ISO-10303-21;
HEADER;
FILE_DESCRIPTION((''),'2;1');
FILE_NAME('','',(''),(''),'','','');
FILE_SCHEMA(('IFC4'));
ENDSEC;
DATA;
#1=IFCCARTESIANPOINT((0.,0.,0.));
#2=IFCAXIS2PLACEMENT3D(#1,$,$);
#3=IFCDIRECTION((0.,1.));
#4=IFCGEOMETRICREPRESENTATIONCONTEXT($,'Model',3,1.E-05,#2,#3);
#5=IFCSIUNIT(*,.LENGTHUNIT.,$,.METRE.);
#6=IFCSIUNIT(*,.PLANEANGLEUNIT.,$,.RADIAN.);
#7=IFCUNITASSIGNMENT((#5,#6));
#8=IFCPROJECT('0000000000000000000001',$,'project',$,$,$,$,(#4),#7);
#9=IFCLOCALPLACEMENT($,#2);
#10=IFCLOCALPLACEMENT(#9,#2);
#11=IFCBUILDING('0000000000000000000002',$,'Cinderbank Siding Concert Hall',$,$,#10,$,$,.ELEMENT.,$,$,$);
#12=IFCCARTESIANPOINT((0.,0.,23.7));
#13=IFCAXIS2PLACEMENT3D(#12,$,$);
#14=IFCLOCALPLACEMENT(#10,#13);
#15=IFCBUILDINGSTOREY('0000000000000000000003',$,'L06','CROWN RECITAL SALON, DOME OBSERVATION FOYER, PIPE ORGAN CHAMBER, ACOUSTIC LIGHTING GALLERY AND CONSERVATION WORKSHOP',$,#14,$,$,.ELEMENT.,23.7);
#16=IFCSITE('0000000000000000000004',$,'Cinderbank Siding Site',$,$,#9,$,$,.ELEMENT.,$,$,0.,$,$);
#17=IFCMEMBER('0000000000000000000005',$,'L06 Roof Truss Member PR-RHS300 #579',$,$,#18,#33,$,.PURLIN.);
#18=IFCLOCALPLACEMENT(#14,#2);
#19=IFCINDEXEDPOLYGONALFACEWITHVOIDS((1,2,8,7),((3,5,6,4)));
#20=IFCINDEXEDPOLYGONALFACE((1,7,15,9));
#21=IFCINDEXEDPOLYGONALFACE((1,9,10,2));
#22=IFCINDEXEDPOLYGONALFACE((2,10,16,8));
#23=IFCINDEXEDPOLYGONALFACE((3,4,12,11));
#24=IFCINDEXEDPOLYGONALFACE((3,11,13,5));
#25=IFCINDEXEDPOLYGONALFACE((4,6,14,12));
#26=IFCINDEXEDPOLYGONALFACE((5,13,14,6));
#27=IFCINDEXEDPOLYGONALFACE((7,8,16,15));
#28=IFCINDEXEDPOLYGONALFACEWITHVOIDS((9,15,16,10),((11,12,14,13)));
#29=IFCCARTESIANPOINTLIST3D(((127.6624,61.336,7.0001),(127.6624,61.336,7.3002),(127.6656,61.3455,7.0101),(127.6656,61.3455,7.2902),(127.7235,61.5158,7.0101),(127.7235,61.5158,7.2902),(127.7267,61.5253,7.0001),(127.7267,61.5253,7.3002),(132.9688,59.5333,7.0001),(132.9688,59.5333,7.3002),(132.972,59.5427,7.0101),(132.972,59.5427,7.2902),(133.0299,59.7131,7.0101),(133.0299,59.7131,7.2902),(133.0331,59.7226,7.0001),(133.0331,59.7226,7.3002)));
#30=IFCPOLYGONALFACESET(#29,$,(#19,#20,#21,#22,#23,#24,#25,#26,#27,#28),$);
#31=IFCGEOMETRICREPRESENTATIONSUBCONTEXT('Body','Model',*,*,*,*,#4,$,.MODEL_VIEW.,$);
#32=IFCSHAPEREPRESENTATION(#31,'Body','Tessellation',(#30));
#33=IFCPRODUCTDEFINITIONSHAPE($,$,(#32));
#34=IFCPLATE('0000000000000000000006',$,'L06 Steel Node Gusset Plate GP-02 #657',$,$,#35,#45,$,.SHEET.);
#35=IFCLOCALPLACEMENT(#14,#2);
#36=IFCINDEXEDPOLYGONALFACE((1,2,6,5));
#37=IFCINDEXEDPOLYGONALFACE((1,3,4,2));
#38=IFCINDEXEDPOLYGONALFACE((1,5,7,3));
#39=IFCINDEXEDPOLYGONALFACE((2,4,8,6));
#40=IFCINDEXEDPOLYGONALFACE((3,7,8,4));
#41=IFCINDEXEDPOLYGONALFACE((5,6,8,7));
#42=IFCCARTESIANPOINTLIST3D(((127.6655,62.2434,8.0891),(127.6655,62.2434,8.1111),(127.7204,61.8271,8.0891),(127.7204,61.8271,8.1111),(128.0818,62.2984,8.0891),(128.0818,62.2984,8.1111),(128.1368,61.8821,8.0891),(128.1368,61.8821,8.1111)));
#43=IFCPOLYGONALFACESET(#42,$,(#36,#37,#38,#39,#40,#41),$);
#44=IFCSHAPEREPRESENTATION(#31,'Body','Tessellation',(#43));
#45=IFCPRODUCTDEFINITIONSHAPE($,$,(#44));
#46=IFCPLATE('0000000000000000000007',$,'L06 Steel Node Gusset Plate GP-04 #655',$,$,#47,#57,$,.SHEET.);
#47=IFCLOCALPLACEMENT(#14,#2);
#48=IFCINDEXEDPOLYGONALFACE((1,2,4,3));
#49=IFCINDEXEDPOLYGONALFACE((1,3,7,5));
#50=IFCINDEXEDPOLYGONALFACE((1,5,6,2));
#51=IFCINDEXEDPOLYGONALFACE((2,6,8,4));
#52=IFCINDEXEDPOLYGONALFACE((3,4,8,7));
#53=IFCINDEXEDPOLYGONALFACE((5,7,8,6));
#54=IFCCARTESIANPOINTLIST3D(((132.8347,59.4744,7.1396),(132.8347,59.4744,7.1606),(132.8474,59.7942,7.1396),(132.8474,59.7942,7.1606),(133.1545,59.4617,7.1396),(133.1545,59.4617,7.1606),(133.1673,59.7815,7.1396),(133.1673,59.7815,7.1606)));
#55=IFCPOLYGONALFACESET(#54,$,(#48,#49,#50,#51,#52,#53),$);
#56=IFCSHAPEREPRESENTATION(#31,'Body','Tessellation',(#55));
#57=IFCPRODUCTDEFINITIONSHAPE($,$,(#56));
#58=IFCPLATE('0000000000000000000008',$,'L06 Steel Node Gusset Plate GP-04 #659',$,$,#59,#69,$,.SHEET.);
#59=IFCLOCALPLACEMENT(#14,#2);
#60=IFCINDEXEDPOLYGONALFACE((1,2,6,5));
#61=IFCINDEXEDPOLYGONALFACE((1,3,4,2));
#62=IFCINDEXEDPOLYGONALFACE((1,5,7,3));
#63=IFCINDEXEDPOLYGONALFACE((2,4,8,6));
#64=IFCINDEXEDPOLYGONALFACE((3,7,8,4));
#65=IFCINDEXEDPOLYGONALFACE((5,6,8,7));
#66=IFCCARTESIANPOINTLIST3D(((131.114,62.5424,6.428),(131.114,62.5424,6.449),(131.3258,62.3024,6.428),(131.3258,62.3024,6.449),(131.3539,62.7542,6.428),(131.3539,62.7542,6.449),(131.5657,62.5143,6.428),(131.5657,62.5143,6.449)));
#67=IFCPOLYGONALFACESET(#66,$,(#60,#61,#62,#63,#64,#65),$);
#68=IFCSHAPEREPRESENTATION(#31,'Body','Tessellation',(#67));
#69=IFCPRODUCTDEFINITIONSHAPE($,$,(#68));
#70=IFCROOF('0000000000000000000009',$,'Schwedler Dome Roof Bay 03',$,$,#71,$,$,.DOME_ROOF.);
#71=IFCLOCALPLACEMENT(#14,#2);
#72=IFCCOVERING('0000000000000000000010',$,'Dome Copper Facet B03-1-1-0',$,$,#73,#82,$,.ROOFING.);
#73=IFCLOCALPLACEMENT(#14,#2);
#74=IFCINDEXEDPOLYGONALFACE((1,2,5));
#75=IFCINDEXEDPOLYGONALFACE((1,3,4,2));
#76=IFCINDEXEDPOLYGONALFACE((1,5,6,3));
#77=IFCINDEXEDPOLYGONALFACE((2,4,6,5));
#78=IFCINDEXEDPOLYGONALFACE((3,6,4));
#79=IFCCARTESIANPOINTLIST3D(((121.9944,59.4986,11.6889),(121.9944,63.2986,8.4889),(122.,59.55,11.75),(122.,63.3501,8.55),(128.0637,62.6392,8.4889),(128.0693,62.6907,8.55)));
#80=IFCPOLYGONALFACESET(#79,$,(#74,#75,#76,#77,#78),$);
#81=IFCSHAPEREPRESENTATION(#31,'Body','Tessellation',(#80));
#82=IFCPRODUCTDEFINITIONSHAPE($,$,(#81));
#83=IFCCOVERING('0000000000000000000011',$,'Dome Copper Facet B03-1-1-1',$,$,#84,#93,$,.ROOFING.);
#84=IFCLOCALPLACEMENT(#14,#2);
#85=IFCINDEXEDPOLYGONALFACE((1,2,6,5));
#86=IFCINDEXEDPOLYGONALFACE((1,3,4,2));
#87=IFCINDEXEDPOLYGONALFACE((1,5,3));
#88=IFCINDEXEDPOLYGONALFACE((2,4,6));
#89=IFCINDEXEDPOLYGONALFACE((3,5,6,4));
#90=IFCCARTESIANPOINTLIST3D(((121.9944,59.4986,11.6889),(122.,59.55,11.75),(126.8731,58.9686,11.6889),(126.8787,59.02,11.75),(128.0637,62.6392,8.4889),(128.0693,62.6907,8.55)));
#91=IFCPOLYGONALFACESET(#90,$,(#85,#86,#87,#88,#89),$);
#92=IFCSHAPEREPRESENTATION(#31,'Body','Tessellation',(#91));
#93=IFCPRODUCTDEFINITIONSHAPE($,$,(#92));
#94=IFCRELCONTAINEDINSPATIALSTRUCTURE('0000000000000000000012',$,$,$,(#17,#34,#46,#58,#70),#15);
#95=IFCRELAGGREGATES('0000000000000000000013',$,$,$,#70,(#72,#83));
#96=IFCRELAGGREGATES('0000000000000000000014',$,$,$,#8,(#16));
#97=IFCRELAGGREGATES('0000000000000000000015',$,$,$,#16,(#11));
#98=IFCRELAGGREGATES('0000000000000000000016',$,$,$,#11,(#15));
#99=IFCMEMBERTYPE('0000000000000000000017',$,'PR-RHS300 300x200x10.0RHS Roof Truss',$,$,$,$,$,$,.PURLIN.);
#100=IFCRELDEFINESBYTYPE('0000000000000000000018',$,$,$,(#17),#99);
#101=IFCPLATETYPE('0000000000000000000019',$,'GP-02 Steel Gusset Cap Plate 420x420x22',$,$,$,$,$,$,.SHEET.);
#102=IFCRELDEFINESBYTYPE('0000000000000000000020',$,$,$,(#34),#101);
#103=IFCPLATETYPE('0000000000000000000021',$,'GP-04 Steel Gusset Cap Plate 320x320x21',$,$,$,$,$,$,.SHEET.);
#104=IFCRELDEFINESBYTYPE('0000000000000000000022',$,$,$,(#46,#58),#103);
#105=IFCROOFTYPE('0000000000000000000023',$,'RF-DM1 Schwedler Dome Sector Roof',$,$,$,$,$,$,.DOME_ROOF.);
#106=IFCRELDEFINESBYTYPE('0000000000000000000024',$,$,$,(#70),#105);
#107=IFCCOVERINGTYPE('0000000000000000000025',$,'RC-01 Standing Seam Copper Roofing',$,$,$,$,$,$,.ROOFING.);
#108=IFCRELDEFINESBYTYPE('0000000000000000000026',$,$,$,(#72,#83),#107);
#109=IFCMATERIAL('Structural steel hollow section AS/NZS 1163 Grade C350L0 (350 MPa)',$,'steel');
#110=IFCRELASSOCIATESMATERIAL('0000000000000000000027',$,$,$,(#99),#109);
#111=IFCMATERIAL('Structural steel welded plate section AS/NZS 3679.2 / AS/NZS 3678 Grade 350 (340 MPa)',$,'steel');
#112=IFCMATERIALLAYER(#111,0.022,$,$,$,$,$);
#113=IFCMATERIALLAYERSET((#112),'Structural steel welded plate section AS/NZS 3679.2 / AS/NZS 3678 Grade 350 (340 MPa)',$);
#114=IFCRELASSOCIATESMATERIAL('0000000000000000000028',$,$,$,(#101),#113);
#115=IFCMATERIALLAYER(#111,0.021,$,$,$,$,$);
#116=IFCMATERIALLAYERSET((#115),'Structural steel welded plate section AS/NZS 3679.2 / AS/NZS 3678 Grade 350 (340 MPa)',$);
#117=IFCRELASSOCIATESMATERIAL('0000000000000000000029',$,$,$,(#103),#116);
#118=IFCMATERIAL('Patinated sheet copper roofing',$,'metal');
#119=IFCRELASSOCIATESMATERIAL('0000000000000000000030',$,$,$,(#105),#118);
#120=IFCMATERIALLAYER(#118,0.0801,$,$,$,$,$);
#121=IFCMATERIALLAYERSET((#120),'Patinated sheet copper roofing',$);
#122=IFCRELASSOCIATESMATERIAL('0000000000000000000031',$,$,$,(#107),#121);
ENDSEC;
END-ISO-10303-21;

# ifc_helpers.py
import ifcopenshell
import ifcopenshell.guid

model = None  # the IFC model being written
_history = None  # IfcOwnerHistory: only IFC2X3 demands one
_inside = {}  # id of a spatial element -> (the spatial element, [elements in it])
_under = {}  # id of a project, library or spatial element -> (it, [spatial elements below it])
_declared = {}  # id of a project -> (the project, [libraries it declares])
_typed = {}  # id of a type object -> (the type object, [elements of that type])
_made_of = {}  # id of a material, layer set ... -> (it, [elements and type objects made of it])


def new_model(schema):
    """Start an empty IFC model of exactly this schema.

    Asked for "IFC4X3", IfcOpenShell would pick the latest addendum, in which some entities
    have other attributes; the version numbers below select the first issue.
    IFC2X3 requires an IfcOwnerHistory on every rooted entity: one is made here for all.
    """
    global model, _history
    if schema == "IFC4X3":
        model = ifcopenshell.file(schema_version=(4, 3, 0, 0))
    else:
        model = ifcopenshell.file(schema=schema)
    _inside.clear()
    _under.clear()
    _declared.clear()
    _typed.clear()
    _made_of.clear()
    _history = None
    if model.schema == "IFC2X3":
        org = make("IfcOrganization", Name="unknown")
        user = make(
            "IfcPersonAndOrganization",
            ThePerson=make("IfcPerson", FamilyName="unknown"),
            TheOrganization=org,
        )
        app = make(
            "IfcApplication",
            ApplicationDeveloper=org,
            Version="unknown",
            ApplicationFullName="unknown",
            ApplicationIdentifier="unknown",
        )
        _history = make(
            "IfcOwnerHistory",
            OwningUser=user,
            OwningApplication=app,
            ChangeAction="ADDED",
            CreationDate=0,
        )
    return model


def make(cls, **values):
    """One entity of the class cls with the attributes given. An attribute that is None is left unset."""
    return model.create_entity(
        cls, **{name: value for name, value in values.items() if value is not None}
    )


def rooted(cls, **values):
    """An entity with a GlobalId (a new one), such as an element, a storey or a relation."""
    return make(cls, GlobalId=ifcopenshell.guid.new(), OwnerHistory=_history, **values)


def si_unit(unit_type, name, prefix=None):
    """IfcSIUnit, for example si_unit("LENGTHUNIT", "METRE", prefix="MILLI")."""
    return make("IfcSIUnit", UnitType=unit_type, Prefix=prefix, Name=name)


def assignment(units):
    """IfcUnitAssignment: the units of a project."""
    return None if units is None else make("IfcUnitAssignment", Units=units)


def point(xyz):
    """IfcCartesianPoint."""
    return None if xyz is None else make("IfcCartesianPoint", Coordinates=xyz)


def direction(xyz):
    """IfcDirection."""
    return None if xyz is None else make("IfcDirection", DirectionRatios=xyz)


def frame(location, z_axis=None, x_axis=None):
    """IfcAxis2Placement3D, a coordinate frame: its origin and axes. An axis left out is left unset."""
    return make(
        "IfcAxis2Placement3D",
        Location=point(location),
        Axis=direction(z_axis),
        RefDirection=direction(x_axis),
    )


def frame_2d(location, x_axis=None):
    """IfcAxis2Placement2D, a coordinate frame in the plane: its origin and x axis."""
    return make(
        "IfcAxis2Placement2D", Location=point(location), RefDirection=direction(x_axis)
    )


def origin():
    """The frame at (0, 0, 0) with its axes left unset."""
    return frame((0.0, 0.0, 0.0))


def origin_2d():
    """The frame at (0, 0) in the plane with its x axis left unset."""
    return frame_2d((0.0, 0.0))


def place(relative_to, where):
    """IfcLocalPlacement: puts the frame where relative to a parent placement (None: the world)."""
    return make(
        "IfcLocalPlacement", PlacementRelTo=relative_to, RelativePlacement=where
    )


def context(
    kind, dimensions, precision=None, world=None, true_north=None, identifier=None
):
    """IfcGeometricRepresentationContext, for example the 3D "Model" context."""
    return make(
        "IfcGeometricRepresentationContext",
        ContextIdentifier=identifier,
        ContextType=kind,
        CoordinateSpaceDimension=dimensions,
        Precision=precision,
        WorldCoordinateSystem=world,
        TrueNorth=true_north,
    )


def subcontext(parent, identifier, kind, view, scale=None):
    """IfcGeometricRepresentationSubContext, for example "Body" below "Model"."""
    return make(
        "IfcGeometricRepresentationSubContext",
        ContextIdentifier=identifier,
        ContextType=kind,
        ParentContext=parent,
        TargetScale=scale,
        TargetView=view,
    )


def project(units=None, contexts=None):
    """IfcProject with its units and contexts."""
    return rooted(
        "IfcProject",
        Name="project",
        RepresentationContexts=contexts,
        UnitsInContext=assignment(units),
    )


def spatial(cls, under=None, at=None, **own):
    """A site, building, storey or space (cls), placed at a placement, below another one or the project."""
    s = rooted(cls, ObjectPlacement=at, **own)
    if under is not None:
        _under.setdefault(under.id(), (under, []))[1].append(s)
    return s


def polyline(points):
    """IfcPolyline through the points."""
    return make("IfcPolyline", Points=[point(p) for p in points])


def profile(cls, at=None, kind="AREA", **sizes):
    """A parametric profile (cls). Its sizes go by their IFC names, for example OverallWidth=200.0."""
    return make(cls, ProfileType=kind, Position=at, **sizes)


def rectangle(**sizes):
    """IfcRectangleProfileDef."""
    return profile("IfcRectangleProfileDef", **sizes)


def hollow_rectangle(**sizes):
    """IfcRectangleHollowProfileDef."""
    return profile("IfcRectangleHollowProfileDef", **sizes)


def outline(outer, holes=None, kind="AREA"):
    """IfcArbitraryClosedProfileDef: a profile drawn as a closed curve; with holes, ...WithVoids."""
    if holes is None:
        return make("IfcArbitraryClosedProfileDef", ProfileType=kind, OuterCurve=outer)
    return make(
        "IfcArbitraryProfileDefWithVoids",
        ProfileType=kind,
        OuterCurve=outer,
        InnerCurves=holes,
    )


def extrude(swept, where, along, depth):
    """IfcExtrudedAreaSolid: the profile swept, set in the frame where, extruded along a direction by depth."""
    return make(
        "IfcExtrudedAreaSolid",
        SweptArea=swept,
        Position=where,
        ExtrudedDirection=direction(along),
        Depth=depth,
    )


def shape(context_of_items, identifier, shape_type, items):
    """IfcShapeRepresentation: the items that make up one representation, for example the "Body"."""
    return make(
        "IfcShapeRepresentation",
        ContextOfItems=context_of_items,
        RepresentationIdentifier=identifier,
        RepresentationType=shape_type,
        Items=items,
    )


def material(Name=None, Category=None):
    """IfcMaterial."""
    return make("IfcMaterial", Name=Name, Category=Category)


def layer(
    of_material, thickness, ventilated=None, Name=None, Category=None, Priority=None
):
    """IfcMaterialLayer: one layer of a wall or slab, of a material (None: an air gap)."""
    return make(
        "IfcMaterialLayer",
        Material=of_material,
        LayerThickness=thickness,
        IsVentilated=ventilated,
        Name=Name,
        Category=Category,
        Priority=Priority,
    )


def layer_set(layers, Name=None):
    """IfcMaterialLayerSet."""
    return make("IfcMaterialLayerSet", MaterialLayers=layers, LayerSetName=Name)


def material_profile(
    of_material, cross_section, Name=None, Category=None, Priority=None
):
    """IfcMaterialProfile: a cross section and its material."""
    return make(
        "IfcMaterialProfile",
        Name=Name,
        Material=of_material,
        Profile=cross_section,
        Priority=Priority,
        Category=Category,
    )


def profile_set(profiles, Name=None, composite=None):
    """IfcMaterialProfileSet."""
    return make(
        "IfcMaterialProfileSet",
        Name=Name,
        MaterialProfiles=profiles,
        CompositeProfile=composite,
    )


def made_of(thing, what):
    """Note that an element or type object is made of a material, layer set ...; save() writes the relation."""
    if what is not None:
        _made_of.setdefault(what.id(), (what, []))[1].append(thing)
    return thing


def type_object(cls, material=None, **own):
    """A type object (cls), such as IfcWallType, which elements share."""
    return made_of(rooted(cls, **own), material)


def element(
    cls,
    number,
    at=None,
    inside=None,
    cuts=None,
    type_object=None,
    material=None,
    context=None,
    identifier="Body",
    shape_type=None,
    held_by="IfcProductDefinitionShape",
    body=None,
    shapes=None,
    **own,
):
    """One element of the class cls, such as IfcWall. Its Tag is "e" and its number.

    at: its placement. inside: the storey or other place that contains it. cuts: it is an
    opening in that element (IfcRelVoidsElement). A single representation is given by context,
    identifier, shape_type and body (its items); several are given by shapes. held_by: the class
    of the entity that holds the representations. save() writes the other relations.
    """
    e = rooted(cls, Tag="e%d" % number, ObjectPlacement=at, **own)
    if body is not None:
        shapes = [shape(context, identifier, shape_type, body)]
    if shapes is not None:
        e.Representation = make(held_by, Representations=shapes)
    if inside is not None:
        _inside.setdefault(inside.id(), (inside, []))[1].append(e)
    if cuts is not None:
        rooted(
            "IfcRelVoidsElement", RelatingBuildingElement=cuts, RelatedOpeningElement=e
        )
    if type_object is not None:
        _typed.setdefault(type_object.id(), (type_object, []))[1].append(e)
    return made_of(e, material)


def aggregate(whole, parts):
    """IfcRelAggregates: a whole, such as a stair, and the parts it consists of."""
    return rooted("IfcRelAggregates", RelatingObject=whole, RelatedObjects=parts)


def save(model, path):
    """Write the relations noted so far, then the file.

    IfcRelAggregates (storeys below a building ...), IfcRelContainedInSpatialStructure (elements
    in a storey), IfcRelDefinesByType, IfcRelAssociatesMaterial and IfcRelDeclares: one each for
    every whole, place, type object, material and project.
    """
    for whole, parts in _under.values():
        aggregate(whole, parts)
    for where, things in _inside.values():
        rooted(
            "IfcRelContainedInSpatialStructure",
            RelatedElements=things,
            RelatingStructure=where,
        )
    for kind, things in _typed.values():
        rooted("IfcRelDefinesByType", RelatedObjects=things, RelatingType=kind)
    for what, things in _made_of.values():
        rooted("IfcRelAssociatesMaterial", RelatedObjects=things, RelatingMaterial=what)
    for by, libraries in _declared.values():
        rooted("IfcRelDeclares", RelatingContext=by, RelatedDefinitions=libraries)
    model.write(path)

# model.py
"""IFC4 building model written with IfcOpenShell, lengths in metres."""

from ifc_helpers import new_model, si_unit, direction, frame, origin, origin_2d, place, context, subcontext, project, spatial, polyline, rectangle, hollow_rectangle, outline, extrude, material, layer, layer_set, material_profile, profile_set, type_object, element, aggregate, save


model = new_model("IFC4")

# Units and contexts
model_context = context("Model", 3, precision=1e-05, world=origin(), true_north=direction((0.0, 1.0)))
body_context = subcontext(model_context, "Body", "Model", "MODEL_VIEW")
ifc_project = project(units=[si_unit("LENGTHUNIT", "METRE"), si_unit("PLANEANGLEUNIT", "RADIAN")], contexts=[model_context])

# Site, building, storey
site_placement = place(None, origin())
site = spatial("IfcSite", under=ifc_project, at=site_placement, Name="Cinderbank Siding Site", CompositionType="ELEMENT", RefElevation=0.0)
building_placement = place(site_placement, origin())
building = spatial("IfcBuilding", under=site, at=building_placement, Name="Cinderbank Siding Concert Hall", CompositionType="ELEMENT")
storey_placement = place(building_placement, frame((0.0, 0.0, 23.7)))
storey = spatial("IfcBuildingStorey", under=building, at=storey_placement, Name="L06", Description="CROWN RECITAL SALON, DOME OBSERVATION FOYER, PIPE ORGAN CHAMBER, ACOUSTIC LIGHTING GALLERY AND CONSERVATION WORKSHOP", CompositionType="ELEMENT", Elevation=23.7)

# Shared definitions
ifc_material_1 = material(Name="Structural steel welded plate section AS/NZS 3679.2 / AS/NZS 3678 Grade 350 (340 MPa)", Category="steel")

# Member
ifc_material_2 = material(Name="Structural steel hollow section AS/NZS 1163 Grade C350L0 (350 MPa)", Category="steel")
ifc_material_profile_1 = material_profile(ifc_material_2, hollow_rectangle(XDim=0.2, YDim=0.3, WallThickness=0.01, at=origin_2d()), Name="300x200x10.0RHS", Category="LoadBearing")
ifc_profile_set_1 = profile_set([ifc_material_profile_1], Name="Structural steel hollow section AS/NZS 1163 Grade C350L0 (350 MPa)")
member_type_1 = type_object("IfcMemberType", Name="PR-RHS300 300x200x10.0RHS Roof Truss", PredefinedType="PURLIN", material=ifc_profile_set_1)
member_1_placement = place(storey_placement, frame((133.001, 59.6279, 7.1501), z_axis=(-0.946851, 0.321672, 0.0), x_axis=(-0.321672, -0.946851, 0.0)))
element("IfcMember", 1, at=member_1_placement, inside=storey, type_object=member_type_1, Name="L06 Roof Truss Member PR-RHS300 #579", PredefinedType="PURLIN", context=body_context, shape_type="SweptSolid", body=[
    extrude(hollow_rectangle(XDim=0.2, YDim=0.3, WallThickness=0.01, at=origin_2d()), origin(), (0.0, 0.0, 1.0), 5.6042),
])

# Plates
ifc_layer_1 = layer(ifc_material_1, 0.022)
ifc_layer_set_1 = layer_set([ifc_layer_1], Name="Structural steel welded plate section AS/NZS 3679.2 / AS/NZS 3678 Grade 350 (340 MPa)")
plate_type_1 = type_object("IfcPlateType", Name="GP-02 Steel Gusset Cap Plate 420x420x22", PredefinedType="SHEET", material=ifc_layer_set_1)
plate_placement = place(storey_placement, frame((127.9011, 62.0627, 8.0891), z_axis=(0.0, 0.0, 1.0), x_axis=(-0.991399, -0.130872, 0.0)))
element("IfcPlate", 2, at=plate_placement, inside=storey, type_object=plate_type_1, Name="L06 Steel Node Gusset Plate GP-02 #657", PredefinedType="SHEET", context=body_context, shape_type="SweptSolid", body=[
    extrude(rectangle(XDim=0.4199, YDim=0.4199, at=origin_2d()), origin(), (0.0, 0.0, 1.0), 0.022),
])
ifc_layer_2 = layer(ifc_material_1, 0.021)
ifc_layer_set_2 = layer_set([ifc_layer_2], Name="Structural steel welded plate section AS/NZS 3679.2 / AS/NZS 3678 Grade 350 (340 MPa)")
plate_type_2 = type_object("IfcPlateType", Name="GP-04 Steel Gusset Cap Plate 320x320x21", PredefinedType="SHEET", material=ifc_layer_set_2)
for number, where, z_axis, x_axis, name in (
    (3, (133.001, 59.6279, 7.1396), (0.0, 0.0, 1.0), (-0.999208, 0.039783, 0.0), "L06 Steel Node Gusset Plate GP-04 #655"),
    (4, (131.3398, 62.5283, 6.428), (0.0, 0.0, 1.0), (0.661835, -0.749649, 0.0), "L06 Steel Node Gusset Plate GP-04 #659"),
):
    element("IfcPlate", number, at=place(storey_placement, frame(where, z_axis=z_axis, x_axis=x_axis)), inside=storey, type_object=plate_type_2, Name=name, PredefinedType="SHEET", context=body_context, shape_type="SweptSolid", body=[
        extrude(rectangle(XDim=0.3201, YDim=0.3201, at=origin_2d()), origin(), (0.0, 0.0, 1.0), 0.021),
    ])

# Roof, coverings
ifc_material_3 = material(Name="Patinated sheet copper roofing", Category="metal")
roof_type = type_object("IfcRoofType", Name="RF-DM1 Schwedler Dome Sector Roof", PredefinedType="DOME_ROOF", material=ifc_material_3)
roof_placement = place(storey_placement, origin())
roof = element("IfcRoof", 5, at=roof_placement, inside=storey, type_object=roof_type, Name="Schwedler Dome Roof Bay 03", PredefinedType="DOME_ROOF")
ifc_layer_3 = layer(ifc_material_3, 0.0801)
ifc_layer_set_3 = layer_set([ifc_layer_3], Name="Patinated sheet copper roofing")
covering_type = type_object("IfcCoveringType", Name="RC-01 Standing Seam Copper Roofing", PredefinedType="ROOFING", material=ifc_layer_set_3)
covering_1_placement = place(storey_placement, frame((128.0693, 62.6907, 8.55), z_axis=(0.069812, 0.642554, 0.763054), x_axis=(-0.99415, 0.108013, 0.0)))
covering_1 = element("IfcCovering", 6, at=covering_1_placement, type_object=covering_type, Name="Dome Copper Facet B03-1-1-0", PredefinedType="ROOFING", context=body_context, shape_type="SweptSolid", body=[
    extrude(outline(polyline([(0.0, 0.0), (6.1051, 0.0), (5.6946, 4.9509), (0.0, 0.0)])), origin(), (0.0, 0.0, -1.0), 0.0801),
])
covering_2_placement = place(storey_placement, frame((128.0693, 62.6907, 8.55), z_axis=(0.069809, 0.642557, 0.763051), x_axis=(-0.804326, -0.416205, 0.424067)))
covering_2 = element("IfcCovering", 7, at=covering_2_placement, type_object=covering_type, Name="Dome Copper Facet B03-1-1-1", PredefinedType="ROOFING", context=body_context, shape_type="SweptSolid", body=[
    extrude(outline(polyline([(0.0, 0.0), (7.5459, 0.0), (3.8424, 3.2198), (0.0, 0.0)])), origin(), (0.0, 0.0, -1.0), 0.0801),
])
aggregate(roof, [covering_1, covering_2])

save(model, "model.ifc")
